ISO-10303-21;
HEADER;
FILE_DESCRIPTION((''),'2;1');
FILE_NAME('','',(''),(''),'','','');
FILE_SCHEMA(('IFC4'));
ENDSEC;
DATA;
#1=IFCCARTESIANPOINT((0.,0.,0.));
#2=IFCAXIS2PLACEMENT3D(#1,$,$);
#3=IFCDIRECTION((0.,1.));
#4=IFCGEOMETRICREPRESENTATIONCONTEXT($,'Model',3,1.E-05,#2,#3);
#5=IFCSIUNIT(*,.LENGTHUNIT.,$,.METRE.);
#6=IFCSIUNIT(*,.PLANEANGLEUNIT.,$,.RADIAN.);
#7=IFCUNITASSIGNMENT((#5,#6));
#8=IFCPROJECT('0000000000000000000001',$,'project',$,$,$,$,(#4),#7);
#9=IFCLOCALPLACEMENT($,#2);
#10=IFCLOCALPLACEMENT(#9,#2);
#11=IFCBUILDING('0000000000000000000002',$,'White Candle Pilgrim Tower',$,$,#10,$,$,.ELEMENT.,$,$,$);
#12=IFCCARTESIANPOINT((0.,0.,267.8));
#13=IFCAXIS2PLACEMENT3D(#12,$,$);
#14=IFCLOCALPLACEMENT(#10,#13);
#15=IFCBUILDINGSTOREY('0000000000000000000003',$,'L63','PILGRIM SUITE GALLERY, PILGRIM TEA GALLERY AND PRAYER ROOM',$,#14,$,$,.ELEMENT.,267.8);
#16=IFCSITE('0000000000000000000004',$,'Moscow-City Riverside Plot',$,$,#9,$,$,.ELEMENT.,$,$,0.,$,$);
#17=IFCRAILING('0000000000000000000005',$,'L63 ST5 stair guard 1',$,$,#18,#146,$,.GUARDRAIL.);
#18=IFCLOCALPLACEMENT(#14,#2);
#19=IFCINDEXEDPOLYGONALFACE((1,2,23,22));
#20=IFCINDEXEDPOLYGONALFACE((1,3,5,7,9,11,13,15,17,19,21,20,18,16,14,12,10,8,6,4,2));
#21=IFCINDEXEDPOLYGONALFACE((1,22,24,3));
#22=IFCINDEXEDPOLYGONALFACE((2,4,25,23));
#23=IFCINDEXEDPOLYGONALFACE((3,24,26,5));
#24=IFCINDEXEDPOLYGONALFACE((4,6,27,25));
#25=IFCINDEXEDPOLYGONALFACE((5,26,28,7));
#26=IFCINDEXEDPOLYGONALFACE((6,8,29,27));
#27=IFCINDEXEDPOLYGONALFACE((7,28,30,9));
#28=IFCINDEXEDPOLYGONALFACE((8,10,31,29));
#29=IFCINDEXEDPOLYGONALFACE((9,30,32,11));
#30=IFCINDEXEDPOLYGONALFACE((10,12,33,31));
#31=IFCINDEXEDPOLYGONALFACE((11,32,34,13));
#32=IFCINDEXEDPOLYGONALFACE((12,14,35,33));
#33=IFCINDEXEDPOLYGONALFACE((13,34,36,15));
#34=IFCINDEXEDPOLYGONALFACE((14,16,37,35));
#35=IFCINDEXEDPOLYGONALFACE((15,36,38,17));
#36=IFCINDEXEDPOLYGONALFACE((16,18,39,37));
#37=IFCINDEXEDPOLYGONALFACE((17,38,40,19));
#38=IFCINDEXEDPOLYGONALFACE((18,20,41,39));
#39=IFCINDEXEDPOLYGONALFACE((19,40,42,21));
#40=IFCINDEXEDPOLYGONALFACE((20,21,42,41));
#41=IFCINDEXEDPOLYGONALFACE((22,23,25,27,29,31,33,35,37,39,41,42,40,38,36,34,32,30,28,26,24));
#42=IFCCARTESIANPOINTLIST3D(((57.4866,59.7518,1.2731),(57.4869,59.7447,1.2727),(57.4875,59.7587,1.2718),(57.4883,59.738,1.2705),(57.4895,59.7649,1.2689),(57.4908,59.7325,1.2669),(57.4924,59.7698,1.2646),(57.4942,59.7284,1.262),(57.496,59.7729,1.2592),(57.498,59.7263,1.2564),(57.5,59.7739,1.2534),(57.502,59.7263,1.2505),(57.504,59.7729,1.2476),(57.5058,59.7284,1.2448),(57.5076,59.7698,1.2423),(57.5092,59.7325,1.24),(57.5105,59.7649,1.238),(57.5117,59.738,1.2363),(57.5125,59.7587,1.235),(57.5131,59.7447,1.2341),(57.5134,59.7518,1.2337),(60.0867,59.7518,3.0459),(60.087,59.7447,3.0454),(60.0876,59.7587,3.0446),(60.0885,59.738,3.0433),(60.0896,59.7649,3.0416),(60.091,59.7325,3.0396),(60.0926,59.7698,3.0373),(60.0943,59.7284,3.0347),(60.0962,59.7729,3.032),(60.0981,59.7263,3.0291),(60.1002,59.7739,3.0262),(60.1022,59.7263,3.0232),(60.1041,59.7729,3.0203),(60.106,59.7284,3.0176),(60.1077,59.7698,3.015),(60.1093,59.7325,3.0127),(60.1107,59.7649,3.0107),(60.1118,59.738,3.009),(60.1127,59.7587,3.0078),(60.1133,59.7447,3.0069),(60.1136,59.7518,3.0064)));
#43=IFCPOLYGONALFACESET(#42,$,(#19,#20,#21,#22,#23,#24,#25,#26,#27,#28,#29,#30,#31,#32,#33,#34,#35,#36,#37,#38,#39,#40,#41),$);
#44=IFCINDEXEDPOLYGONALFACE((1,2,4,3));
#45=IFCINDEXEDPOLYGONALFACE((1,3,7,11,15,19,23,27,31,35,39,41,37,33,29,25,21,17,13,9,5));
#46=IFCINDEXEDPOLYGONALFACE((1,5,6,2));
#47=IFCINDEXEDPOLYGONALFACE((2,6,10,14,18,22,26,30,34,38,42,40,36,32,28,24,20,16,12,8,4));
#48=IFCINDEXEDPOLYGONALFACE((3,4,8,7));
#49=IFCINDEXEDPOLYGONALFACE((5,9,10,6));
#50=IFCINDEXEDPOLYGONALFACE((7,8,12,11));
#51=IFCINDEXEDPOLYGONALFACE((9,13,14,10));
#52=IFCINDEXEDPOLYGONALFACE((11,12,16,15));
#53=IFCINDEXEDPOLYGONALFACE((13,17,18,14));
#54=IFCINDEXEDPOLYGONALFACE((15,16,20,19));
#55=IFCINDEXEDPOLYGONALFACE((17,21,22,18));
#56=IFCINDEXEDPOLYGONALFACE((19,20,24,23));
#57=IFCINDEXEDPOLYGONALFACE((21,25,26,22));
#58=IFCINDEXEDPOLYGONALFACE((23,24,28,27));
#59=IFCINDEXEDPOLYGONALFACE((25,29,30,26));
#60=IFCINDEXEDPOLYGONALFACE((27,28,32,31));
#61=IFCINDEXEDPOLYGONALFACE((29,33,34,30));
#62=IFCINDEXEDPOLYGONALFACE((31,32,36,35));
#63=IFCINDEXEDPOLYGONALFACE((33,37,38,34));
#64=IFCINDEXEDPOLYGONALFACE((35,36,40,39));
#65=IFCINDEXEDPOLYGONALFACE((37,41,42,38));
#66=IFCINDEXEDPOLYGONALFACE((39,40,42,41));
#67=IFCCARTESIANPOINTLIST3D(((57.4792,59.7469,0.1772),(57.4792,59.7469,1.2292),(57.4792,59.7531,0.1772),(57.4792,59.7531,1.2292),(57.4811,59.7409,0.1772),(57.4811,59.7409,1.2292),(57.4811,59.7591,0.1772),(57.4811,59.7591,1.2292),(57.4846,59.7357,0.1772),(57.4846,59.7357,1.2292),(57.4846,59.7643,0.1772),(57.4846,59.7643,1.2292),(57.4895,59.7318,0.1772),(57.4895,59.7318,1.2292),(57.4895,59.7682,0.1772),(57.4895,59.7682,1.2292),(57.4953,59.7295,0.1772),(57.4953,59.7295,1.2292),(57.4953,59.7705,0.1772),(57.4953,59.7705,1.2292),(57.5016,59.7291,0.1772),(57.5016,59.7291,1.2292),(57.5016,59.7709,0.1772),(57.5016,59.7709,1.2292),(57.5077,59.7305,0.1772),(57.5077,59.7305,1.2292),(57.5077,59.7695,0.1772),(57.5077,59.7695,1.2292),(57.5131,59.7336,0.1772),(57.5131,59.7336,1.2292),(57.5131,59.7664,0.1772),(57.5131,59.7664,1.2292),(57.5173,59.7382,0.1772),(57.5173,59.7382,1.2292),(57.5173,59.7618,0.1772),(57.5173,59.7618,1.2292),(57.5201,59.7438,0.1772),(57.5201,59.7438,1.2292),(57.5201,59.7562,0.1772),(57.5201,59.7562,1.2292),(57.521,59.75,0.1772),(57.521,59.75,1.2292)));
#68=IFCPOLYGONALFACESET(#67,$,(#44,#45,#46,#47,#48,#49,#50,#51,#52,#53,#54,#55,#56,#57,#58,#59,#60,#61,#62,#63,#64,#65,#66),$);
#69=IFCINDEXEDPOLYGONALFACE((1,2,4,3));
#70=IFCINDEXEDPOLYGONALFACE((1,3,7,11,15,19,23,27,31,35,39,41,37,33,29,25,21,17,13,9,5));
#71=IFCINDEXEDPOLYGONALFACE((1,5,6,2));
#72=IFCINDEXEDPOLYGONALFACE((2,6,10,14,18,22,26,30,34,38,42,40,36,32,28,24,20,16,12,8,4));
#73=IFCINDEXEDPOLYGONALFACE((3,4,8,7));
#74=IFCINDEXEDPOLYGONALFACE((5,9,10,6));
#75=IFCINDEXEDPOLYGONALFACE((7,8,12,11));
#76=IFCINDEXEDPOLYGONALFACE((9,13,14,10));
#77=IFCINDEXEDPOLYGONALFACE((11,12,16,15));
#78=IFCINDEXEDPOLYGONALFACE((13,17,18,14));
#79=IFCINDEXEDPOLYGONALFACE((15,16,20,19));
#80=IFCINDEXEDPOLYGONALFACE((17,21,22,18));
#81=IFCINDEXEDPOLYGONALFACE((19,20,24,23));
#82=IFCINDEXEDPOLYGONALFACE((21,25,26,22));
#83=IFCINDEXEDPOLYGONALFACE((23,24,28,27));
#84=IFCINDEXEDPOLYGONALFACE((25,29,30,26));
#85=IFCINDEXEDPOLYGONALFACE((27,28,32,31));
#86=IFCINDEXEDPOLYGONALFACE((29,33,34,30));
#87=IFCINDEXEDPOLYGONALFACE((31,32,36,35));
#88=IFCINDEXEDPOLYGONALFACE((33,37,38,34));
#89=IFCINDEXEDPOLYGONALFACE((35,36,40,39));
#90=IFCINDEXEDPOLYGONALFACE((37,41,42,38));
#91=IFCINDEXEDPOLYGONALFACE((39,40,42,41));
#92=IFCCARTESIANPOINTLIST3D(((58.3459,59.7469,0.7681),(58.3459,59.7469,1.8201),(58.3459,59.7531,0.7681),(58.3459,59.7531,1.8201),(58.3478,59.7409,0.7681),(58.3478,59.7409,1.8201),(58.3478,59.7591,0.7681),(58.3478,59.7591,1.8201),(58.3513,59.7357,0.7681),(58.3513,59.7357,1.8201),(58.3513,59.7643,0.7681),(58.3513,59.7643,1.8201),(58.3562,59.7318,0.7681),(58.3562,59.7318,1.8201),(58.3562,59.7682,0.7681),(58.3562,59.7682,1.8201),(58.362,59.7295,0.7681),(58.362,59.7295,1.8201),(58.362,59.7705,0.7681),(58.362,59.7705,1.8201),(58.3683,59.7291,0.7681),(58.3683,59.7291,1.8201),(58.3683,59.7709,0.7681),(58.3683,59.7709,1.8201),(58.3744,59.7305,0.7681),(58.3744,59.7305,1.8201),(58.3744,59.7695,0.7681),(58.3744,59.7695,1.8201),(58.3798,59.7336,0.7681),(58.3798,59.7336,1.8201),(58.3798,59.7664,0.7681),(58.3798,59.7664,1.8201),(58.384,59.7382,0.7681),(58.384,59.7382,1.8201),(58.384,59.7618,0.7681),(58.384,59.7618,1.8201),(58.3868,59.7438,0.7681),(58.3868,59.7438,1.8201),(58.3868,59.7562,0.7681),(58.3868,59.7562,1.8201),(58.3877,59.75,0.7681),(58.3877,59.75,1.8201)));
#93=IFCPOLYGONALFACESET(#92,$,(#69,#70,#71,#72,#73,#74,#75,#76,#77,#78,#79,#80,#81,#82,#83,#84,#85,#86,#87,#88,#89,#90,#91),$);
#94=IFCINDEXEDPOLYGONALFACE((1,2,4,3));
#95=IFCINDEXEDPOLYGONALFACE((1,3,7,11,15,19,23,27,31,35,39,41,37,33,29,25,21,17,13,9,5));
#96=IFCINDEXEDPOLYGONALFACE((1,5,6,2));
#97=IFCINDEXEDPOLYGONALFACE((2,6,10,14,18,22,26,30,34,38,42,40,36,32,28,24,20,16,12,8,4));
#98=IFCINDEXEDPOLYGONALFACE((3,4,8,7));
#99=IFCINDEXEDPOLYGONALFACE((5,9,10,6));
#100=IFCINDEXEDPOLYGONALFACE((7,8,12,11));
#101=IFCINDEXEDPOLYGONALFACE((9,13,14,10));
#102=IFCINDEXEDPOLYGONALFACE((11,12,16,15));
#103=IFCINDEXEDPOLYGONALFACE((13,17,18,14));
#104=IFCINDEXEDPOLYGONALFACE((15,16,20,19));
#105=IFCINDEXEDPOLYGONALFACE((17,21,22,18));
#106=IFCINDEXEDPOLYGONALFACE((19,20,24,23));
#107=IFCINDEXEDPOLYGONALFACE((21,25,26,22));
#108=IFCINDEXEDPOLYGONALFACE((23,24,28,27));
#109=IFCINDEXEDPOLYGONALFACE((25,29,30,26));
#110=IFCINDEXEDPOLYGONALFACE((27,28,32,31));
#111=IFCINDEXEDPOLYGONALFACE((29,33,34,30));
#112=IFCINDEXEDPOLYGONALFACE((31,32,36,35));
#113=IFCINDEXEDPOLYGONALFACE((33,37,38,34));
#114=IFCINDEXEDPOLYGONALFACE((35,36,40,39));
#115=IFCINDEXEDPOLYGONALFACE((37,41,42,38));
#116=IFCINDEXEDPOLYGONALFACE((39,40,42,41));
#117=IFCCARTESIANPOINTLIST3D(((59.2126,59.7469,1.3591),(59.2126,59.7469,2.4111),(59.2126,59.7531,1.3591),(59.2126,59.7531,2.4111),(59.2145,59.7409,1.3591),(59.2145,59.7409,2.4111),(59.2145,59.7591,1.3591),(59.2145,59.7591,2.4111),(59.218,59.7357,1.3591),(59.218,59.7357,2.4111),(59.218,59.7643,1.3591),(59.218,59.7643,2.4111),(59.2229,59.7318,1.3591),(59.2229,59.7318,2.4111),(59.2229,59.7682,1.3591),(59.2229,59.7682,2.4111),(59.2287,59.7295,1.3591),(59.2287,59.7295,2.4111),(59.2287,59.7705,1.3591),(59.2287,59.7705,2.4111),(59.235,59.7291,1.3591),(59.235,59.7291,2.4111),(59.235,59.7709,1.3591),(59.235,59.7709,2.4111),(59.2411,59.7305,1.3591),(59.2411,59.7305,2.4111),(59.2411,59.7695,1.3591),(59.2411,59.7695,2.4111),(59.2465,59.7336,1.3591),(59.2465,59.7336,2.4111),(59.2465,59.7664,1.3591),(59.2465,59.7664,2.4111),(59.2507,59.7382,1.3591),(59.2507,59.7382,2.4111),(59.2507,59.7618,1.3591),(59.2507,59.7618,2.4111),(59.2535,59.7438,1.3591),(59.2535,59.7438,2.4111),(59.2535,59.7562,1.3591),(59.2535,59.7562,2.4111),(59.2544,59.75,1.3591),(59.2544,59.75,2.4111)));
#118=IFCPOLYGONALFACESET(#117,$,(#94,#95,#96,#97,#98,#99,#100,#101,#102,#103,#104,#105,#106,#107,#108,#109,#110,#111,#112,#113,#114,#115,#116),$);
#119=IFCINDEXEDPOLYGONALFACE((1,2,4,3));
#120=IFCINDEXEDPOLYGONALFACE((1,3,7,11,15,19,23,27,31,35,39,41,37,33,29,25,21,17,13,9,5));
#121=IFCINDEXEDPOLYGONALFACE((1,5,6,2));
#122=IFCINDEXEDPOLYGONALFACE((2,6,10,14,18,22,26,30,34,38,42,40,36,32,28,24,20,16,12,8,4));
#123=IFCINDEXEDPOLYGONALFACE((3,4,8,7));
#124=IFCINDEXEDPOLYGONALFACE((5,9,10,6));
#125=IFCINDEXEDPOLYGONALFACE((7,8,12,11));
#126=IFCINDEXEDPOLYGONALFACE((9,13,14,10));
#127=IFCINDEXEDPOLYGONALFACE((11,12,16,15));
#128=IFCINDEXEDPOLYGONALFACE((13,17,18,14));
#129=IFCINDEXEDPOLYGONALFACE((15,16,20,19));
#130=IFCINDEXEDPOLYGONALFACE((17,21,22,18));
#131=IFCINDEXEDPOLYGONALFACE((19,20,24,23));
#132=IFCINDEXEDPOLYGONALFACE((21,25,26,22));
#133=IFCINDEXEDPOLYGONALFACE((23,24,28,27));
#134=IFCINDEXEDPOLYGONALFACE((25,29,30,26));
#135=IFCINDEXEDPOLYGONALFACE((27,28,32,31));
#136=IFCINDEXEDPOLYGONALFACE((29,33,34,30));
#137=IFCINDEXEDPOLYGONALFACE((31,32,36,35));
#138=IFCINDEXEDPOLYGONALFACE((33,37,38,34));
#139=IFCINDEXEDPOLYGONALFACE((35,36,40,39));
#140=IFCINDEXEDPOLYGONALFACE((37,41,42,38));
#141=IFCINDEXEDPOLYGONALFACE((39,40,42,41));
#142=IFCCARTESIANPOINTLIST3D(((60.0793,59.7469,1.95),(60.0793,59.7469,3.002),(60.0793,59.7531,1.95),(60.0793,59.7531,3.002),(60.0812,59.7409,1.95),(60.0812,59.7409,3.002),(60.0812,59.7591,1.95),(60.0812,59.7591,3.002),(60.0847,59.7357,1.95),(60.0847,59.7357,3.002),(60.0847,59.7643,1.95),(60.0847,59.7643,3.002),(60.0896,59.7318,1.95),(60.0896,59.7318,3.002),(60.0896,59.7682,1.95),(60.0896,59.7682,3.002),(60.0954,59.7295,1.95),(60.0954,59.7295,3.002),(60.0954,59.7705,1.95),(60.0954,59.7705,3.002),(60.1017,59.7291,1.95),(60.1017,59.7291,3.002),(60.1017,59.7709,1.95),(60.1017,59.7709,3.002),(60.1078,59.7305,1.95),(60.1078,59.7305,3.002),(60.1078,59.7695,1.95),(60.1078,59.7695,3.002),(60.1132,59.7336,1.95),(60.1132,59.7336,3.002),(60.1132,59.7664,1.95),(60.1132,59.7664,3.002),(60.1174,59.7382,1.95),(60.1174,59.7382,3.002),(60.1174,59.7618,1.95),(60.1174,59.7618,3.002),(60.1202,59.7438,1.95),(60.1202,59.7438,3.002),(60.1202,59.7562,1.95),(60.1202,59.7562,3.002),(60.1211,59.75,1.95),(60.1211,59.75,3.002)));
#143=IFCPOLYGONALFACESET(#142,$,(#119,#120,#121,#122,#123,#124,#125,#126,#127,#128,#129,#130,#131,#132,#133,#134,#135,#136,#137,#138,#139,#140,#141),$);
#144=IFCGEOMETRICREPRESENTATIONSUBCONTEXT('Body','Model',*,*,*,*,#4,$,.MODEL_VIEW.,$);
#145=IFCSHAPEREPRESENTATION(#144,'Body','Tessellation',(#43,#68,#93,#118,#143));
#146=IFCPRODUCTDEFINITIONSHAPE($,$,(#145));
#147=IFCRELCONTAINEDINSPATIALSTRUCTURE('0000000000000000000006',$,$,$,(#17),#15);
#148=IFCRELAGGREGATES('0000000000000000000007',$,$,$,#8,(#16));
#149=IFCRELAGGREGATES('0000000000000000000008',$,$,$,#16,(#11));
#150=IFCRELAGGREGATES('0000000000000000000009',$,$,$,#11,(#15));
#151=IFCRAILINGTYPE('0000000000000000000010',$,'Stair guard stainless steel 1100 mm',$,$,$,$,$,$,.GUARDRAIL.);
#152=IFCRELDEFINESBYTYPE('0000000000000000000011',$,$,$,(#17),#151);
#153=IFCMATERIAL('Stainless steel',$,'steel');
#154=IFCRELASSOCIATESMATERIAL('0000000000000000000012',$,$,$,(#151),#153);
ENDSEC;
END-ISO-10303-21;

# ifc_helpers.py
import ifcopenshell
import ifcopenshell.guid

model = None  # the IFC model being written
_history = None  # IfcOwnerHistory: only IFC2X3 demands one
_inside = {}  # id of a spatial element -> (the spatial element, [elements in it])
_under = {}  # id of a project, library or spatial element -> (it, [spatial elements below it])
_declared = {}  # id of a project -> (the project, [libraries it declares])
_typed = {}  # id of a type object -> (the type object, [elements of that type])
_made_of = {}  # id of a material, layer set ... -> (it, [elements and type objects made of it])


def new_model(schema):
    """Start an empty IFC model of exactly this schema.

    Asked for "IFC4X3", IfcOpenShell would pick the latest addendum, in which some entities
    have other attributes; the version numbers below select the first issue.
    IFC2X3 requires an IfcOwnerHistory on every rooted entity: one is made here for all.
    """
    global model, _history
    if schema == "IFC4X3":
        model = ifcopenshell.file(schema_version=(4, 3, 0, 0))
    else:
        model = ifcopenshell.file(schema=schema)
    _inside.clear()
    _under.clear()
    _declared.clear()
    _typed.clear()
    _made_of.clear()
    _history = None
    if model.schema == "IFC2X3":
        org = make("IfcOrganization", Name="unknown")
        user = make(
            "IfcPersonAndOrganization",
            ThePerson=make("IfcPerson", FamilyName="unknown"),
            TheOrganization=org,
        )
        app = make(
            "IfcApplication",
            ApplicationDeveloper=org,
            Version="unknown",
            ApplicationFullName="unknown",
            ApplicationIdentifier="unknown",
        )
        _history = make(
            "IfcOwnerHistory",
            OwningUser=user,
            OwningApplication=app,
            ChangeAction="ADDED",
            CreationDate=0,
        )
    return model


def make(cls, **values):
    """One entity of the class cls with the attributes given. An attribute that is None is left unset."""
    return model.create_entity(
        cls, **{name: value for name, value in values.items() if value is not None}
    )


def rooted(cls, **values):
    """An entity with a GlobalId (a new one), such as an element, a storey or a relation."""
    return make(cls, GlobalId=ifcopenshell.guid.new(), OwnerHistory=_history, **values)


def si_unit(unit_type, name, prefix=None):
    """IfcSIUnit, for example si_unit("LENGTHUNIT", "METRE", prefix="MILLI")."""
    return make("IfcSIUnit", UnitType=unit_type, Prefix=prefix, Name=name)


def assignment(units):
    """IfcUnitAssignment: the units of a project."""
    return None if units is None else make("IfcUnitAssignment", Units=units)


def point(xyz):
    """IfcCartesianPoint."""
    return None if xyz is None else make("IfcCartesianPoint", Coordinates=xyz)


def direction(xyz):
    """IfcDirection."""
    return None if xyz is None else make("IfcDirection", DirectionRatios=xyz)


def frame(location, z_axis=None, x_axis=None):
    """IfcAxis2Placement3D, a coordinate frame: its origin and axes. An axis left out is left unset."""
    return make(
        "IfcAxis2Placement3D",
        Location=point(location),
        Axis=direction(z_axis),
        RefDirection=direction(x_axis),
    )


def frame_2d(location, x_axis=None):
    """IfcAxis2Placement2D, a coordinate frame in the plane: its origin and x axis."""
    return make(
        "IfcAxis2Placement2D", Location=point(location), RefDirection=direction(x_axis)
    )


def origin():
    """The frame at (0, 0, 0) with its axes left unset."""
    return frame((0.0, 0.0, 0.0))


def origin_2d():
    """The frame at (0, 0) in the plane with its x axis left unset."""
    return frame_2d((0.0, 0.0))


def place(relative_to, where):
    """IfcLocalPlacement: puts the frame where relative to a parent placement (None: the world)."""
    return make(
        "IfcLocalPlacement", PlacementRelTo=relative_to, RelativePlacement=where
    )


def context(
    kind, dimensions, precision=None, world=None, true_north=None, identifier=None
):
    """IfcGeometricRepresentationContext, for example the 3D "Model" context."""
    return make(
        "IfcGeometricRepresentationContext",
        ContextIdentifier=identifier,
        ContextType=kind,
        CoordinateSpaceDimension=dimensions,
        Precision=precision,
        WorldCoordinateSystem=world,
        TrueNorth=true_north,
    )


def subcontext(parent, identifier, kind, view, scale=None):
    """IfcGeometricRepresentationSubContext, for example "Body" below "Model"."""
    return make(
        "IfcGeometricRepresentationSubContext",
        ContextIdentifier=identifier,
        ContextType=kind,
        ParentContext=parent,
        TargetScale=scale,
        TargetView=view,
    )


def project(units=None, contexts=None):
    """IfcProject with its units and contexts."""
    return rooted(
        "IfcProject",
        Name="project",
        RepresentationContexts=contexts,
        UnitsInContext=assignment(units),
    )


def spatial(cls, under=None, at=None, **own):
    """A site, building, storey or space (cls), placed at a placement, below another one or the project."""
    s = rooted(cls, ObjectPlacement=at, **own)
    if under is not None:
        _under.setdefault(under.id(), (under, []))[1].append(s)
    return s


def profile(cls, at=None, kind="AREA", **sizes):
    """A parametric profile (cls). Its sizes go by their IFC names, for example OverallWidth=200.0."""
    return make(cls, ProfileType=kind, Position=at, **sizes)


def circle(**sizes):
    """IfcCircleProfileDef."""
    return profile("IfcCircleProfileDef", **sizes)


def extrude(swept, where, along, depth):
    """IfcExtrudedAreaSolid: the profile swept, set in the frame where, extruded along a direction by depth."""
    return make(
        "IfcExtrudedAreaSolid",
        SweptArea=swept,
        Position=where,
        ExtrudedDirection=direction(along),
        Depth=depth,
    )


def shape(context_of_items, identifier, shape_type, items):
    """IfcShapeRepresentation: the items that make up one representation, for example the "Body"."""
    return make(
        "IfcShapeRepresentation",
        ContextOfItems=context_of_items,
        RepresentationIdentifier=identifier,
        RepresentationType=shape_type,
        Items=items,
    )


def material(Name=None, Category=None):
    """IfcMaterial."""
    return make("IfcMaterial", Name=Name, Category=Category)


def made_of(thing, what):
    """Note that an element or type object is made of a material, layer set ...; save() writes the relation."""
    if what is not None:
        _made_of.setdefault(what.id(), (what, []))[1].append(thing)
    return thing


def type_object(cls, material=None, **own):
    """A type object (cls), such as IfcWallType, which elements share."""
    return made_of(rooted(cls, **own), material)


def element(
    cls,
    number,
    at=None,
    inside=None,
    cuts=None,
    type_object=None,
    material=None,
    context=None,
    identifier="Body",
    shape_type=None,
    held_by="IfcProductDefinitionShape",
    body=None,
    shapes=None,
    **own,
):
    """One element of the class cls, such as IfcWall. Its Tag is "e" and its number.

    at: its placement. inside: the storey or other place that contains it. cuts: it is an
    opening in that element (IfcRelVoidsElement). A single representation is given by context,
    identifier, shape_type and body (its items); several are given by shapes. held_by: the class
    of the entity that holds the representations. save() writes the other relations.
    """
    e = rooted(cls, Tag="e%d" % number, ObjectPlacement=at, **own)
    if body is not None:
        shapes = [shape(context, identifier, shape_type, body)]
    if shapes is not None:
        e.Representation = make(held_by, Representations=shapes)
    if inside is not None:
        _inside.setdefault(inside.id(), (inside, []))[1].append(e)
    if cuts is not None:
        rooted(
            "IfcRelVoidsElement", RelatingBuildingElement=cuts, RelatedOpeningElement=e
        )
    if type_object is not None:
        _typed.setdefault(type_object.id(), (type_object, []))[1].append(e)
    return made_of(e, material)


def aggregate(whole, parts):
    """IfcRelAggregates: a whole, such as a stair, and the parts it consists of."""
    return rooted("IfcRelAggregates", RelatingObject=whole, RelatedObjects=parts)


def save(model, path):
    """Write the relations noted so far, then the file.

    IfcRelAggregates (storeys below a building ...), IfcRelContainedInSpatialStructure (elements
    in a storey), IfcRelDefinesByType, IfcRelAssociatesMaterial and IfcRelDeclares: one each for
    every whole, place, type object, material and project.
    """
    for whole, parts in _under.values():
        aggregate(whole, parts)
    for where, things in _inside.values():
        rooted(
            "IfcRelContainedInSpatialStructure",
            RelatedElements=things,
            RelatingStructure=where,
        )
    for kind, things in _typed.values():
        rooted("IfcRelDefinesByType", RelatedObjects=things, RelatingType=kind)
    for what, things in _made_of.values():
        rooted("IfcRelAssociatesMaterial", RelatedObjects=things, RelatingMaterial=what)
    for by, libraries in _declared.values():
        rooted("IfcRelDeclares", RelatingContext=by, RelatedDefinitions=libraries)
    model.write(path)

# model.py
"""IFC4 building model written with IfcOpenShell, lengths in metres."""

from ifc_helpers import new_model, si_unit, direction, frame, origin, origin_2d, place, context, subcontext, project, spatial, circle, extrude, material, type_object, element, save


model = new_model("IFC4")

# Units and contexts
model_context = context("Model", 3, precision=1e-05, world=origin(), true_north=direction((0.0, 1.0)))
body_context = subcontext(model_context, "Body", "Model", "MODEL_VIEW")
ifc_project = project(units=[si_unit("LENGTHUNIT", "METRE"), si_unit("PLANEANGLEUNIT", "RADIAN")], contexts=[model_context])

# Site, building, storey
site_placement = place(None, origin())
site = spatial("IfcSite", under=ifc_project, at=site_placement, Name="Moscow-City Riverside Plot", CompositionType="ELEMENT", RefElevation=0.0)
building_placement = place(site_placement, origin())
building = spatial("IfcBuilding", under=site, at=building_placement, Name="White Candle Pilgrim Tower", CompositionType="ELEMENT")
storey_placement = place(building_placement, frame((0.0, 0.0, 267.8)))
storey = spatial("IfcBuildingStorey", under=building, at=storey_placement, Name="L63", Description="PILGRIM SUITE GALLERY, PILGRIM TEA GALLERY AND PRAYER ROOM", CompositionType="ELEMENT", Elevation=267.8)

# Railing
ifc_material_1 = material(Name="Stainless steel", Category="steel")
railing_type_1 = type_object("IfcRailingType", Name="Stair guard stainless steel 1100 mm", PredefinedType="GUARDRAIL", material=ifc_material_1)
railing_1_placement = place(storey_placement, frame((57.5, 59.75, 0.1772)))
element("IfcRailing", 1, at=railing_1_placement, inside=storey, type_object=railing_type_1, Name="L63 ST5 stair guard 1", PredefinedType="GUARDRAIL", context=body_context, shape_type="SweptSolid", body=[
    extrude(circle(Radius=0.0239, at=origin_2d()), frame((0.0, 0.0, 1.0762), z_axis=(0.82624, 0.0, 0.563318), x_axis=(0.0, 1.0, 0.0)), (0.0, 0.0, 1.0), 3.147),
    extrude(circle(Radius=0.021, at=origin_2d()), origin(), (0.0, 0.0, 1.0), 1.052),
    extrude(circle(Radius=0.021, at=origin_2d()), frame((0.8667, 0.0, 0.5908)), (0.0, 0.0, 1.0), 1.052),
    extrude(circle(Radius=0.021, at=origin_2d()), frame((1.7334, 0.0, 1.1819)), (0.0, 0.0, 1.0), 1.052),
    extrude(circle(Radius=0.021, at=origin_2d()), frame((2.6001, 0.0, 1.7727)), (0.0, 0.0, 1.0), 1.052),
])

save(model, "model.ifc")
